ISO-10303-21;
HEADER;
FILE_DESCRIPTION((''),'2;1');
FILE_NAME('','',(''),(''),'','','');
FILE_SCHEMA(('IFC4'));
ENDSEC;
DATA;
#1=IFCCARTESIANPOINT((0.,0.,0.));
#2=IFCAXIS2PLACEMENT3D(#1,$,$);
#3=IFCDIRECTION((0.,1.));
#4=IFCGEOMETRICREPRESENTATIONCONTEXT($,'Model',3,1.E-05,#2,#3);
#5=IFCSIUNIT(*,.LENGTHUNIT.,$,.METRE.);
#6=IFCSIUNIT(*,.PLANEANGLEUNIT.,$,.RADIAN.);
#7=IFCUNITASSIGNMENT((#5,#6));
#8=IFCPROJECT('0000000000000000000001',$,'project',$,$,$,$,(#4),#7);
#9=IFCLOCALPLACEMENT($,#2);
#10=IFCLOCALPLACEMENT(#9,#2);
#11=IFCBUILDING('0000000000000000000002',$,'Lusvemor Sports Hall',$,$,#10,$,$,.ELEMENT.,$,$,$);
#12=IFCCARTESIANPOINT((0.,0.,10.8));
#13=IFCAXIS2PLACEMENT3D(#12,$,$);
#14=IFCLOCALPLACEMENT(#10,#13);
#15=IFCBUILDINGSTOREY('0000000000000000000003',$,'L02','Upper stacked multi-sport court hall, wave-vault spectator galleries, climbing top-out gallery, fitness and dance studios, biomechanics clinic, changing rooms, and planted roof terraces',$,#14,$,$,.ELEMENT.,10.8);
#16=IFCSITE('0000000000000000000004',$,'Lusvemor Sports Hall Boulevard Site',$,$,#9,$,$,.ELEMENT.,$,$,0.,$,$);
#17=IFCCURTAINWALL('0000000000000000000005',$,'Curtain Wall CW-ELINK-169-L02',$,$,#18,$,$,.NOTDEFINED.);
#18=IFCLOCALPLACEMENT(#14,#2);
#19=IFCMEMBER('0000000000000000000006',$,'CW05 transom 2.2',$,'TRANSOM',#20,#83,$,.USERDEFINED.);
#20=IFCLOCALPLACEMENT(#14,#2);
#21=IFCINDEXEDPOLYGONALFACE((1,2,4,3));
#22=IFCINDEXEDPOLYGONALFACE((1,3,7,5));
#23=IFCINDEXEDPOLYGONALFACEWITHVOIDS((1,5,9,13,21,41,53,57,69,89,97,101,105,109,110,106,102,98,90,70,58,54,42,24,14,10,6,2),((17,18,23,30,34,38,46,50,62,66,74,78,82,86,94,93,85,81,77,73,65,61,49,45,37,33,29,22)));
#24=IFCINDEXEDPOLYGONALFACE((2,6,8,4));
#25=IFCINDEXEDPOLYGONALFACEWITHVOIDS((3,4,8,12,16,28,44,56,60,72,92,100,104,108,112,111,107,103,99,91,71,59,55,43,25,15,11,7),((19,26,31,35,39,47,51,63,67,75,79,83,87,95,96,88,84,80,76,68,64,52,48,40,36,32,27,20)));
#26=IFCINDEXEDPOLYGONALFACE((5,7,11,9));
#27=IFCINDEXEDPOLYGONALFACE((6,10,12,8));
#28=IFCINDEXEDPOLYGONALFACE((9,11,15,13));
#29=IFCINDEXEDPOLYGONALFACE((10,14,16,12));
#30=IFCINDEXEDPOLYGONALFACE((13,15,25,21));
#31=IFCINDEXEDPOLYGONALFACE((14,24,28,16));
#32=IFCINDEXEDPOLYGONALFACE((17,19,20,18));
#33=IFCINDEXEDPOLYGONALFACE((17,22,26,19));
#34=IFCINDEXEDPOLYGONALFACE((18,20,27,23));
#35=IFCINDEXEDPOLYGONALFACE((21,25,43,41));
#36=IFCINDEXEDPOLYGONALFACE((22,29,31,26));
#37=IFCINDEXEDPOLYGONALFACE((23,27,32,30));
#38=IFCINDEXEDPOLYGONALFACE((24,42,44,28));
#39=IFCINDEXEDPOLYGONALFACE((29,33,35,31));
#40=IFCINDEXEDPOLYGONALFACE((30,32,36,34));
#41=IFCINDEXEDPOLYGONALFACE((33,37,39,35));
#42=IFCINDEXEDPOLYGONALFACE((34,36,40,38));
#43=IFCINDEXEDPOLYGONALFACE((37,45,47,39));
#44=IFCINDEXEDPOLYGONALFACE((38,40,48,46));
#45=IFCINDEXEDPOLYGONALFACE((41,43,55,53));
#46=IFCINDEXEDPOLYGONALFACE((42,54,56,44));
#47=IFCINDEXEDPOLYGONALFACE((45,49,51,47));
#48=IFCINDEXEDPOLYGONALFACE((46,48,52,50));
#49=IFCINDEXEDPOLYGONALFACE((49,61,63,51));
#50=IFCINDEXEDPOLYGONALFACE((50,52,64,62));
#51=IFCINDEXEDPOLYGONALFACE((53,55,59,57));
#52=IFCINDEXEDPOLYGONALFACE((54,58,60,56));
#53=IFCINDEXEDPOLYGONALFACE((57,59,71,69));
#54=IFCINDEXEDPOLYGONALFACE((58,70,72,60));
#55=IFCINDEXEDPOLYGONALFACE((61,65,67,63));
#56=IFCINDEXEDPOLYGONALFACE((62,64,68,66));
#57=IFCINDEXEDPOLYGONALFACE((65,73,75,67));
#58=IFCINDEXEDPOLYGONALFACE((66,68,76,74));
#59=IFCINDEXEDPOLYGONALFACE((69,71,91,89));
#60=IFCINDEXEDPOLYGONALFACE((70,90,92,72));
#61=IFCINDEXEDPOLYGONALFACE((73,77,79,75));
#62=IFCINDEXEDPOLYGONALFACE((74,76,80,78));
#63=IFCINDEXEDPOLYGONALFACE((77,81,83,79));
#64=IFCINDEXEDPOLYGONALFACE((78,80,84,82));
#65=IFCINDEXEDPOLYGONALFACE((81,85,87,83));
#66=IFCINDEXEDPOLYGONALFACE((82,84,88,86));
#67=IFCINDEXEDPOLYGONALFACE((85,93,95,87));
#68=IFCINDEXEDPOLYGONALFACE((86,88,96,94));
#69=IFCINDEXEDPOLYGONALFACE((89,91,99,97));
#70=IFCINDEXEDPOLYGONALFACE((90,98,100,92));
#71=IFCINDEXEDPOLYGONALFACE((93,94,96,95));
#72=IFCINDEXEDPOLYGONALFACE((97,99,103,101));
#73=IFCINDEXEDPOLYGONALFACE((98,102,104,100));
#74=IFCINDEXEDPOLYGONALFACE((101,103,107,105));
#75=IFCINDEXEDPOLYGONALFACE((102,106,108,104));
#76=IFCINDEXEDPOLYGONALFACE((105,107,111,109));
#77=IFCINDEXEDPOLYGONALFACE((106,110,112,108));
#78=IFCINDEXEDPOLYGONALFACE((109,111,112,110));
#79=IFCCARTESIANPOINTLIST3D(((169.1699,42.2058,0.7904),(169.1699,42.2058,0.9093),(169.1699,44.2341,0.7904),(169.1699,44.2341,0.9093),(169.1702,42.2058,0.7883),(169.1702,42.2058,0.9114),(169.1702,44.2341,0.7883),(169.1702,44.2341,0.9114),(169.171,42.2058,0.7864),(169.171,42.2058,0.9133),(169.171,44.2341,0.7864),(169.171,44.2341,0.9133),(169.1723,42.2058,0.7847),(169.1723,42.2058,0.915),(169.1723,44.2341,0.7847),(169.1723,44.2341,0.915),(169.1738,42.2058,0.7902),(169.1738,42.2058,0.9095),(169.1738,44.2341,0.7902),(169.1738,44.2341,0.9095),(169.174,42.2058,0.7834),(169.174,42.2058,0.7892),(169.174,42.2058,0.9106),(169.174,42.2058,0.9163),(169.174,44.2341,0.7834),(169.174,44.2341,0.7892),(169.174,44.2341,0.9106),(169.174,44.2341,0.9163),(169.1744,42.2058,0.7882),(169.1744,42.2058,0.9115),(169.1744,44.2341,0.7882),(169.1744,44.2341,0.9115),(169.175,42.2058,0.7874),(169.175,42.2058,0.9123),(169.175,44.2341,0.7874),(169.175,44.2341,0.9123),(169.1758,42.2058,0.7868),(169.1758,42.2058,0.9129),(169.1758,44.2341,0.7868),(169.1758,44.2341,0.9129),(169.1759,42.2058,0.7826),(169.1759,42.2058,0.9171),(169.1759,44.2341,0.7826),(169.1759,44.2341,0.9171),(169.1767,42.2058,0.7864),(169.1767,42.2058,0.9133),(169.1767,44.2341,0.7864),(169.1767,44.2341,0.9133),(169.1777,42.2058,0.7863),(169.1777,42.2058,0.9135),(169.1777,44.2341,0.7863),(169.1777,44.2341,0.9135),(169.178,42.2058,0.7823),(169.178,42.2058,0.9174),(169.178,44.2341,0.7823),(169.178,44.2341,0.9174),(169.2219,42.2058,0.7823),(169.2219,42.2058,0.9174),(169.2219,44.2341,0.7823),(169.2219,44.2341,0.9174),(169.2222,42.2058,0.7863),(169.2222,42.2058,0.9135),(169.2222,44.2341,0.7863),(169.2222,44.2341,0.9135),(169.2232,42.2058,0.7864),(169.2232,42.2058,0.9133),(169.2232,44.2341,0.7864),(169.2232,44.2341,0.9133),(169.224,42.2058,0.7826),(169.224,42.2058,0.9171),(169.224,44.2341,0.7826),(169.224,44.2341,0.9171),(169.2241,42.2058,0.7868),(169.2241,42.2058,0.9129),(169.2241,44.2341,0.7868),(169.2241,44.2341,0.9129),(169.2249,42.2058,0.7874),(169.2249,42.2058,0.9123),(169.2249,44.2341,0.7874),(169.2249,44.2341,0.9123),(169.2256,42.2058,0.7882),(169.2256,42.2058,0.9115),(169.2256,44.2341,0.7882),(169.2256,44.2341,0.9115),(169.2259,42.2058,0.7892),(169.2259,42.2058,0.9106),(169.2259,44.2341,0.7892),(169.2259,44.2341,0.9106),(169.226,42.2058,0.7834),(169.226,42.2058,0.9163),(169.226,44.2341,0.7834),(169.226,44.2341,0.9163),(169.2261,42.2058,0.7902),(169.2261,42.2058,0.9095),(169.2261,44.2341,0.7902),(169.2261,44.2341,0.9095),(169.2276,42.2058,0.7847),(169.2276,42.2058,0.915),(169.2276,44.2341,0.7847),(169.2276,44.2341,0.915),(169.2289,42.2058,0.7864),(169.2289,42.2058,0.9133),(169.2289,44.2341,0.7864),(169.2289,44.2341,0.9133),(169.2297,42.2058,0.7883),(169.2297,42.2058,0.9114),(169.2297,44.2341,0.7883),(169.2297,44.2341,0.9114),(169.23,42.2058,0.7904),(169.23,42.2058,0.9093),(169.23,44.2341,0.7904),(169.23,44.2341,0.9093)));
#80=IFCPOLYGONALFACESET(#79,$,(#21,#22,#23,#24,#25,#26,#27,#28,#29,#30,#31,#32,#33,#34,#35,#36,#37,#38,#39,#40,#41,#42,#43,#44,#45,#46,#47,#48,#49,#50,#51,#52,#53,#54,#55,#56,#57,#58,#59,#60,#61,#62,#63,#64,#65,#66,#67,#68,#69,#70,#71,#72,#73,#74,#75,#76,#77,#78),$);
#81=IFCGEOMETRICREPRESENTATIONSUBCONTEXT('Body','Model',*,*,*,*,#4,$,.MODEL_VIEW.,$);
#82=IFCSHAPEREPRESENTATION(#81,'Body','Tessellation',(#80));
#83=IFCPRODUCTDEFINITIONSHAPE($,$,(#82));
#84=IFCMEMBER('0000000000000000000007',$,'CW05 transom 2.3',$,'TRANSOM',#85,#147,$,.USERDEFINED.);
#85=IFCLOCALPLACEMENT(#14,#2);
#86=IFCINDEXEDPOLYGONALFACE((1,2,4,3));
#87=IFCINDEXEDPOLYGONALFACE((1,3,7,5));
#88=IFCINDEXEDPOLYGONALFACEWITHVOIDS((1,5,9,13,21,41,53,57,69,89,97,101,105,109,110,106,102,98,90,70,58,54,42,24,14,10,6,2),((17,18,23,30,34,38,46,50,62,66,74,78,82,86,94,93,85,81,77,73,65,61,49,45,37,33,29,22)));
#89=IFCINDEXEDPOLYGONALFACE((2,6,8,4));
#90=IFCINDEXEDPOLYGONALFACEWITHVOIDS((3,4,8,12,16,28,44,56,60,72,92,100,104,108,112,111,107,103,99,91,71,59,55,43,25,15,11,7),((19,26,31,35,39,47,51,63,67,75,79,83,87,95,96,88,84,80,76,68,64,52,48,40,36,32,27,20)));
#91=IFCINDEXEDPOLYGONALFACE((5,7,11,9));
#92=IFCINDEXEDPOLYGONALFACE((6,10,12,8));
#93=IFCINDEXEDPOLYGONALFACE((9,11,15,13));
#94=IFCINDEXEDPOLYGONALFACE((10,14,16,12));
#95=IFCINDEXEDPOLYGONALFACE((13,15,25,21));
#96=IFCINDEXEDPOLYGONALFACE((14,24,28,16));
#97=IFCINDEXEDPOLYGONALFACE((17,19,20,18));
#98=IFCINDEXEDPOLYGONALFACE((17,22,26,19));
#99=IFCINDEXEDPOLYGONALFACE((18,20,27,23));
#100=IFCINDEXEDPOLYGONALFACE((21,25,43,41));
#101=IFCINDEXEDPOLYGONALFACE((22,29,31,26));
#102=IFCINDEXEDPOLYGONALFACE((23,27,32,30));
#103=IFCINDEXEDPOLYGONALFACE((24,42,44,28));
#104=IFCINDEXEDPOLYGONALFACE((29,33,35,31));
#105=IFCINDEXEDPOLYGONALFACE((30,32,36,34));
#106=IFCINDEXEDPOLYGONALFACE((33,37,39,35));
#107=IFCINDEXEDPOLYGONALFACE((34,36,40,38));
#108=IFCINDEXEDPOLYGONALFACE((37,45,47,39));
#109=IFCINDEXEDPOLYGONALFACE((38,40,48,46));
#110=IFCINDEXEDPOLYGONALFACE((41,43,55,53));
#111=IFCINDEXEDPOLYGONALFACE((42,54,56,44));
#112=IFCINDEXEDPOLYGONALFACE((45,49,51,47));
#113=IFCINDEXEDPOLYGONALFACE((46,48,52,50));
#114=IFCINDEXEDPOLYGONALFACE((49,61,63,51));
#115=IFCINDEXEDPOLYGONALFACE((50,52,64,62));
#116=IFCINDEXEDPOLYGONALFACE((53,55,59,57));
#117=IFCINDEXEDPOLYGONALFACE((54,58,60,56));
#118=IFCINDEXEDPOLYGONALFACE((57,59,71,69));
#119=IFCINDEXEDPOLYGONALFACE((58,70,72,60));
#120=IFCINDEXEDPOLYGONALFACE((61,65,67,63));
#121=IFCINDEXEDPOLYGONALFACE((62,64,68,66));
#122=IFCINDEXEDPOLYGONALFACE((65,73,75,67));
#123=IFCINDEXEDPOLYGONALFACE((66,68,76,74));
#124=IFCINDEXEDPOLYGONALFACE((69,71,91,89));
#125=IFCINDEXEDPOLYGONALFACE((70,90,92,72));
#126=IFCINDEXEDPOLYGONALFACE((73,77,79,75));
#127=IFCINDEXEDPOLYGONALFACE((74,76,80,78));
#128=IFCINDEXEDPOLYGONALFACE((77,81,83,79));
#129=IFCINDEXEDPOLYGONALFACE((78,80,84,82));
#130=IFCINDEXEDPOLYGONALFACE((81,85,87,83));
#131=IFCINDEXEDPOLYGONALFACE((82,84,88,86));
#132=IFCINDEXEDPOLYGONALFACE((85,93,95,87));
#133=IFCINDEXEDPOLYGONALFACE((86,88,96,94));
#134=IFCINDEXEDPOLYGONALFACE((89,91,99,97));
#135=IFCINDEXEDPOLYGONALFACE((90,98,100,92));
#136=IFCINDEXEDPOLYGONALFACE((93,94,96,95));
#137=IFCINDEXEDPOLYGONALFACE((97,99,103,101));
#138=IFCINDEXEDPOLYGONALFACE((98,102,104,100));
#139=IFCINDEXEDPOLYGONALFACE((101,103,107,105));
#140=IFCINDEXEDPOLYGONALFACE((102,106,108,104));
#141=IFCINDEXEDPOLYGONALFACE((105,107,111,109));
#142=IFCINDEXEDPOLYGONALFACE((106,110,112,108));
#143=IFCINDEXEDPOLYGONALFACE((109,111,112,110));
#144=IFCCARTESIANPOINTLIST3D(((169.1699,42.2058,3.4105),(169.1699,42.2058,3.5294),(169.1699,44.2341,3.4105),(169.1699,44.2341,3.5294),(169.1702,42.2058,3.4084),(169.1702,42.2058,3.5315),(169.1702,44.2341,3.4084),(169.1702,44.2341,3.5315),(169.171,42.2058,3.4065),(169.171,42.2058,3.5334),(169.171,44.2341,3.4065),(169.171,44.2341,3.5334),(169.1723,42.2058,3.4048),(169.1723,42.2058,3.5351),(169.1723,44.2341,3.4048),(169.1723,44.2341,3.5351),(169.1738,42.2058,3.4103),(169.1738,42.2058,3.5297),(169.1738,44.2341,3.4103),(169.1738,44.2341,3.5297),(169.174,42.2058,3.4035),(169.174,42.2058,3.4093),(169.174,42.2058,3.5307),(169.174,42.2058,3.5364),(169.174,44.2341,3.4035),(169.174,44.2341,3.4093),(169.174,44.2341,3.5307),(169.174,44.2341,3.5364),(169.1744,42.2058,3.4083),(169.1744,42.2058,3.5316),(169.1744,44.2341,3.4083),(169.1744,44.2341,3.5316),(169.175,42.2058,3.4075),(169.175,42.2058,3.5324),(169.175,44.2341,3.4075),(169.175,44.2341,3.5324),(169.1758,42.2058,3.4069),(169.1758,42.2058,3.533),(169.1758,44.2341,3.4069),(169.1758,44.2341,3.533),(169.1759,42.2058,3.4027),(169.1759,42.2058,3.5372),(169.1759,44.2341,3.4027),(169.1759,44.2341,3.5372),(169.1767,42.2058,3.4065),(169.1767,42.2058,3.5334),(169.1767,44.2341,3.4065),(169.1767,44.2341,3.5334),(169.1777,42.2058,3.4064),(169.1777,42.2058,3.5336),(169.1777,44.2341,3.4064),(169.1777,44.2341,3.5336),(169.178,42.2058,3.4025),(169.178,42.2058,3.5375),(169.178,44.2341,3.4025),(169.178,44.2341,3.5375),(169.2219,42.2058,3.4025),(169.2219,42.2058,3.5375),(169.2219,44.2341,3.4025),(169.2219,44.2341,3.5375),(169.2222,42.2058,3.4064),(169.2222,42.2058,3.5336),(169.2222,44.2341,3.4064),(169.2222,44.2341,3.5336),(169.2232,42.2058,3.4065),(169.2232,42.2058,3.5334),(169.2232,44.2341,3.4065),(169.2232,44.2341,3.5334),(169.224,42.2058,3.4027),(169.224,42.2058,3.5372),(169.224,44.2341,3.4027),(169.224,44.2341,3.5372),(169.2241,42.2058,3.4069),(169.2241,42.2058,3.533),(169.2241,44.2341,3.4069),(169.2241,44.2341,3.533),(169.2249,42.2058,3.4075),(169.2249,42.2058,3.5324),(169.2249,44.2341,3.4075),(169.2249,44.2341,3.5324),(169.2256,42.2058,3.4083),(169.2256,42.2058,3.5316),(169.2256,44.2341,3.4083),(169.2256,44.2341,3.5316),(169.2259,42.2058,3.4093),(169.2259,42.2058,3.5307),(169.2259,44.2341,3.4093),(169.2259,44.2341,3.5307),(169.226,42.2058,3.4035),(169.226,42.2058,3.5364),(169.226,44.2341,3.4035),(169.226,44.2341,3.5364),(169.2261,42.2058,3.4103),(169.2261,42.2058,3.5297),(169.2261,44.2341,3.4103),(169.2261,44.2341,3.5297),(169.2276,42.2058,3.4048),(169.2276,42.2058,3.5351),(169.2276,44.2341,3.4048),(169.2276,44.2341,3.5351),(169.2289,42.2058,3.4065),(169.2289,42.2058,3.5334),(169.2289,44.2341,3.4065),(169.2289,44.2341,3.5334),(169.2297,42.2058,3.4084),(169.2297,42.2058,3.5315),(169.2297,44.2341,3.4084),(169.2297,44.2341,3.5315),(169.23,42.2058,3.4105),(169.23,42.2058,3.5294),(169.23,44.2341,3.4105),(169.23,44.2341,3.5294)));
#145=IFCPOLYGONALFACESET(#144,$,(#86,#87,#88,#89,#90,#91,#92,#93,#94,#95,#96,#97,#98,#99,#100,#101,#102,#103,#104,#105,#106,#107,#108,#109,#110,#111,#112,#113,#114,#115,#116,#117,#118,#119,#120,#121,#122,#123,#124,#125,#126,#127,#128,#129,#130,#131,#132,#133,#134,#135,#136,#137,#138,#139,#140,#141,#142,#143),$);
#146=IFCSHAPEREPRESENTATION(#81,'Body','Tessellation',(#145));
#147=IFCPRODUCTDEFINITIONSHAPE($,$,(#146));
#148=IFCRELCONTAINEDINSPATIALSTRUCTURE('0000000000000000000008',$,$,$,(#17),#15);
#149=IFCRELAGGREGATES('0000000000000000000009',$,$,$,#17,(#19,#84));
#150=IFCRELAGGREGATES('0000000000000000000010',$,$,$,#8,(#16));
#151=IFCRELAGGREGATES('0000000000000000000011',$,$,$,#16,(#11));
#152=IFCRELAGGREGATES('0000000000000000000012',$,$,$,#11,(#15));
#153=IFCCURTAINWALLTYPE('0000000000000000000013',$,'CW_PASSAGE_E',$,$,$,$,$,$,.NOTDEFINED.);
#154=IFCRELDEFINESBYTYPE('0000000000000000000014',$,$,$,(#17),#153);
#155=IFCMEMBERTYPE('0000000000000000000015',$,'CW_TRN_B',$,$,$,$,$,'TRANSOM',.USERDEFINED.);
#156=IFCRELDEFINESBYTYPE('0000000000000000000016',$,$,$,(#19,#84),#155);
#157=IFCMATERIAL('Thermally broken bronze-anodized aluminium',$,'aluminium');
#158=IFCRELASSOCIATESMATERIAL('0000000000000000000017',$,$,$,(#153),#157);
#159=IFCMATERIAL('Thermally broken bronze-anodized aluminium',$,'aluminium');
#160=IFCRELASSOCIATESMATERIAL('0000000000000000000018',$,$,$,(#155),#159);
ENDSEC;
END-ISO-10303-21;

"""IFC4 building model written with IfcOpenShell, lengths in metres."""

from ifc_helpers import new_model, si_unit, direction, frame, origin, origin_2d, place, context, subcontext, project, spatial, hollow_rectangle, extrude, material, material_profile, profile_set, type_object, element, aggregate, save


model = new_model("IFC4")

# Units and contexts
model_context = context("Model", 3, precision=1e-05, world=origin(), true_north=direction((0.0, 1.0)))
body_context = subcontext(model_context, "Body", "Model", "MODEL_VIEW")
ifc_project = project(units=[si_unit("LENGTHUNIT", "METRE"), si_unit("PLANEANGLEUNIT", "RADIAN")], contexts=[model_context])

# Site, building, storey
site_placement = place(None, origin())
site = spatial("IfcSite", under=ifc_project, at=site_placement, Name="Lusvemor Sports Hall Boulevard Site", CompositionType="ELEMENT", RefElevation=0.0)
building_placement = place(site_placement, origin())
building = spatial("IfcBuilding", under=site, at=building_placement, Name="Lusvemor Sports Hall", CompositionType="ELEMENT")
storey_placement = place(building_placement, frame((0.0, 0.0, 10.8)))
storey = spatial("IfcBuildingStorey", under=building, at=storey_placement, Name="L02", Description="Upper stacked multi-sport court hall, wave-vault spectator galleries, climbing top-out gallery, fitness and dance studios, biomechanics clinic, changing rooms, and planted roof terraces", CompositionType="ELEMENT", Elevation=10.8)

# Curtain wall, members
ifc_material_1 = material(Name="Thermally broken bronze-anodized aluminium", Category="aluminium")
curtain_wall_type = type_object("IfcCurtainWallType", Name="CW_PASSAGE_E", PredefinedType="NOTDEFINED", material=ifc_material_1)
curtain_wall_placement = place(storey_placement, origin())
curtain_wall = element("IfcCurtainWall", 1, at=curtain_wall_placement, inside=storey, type_object=curtain_wall_type, Name="Curtain Wall CW-ELINK-169-L02", PredefinedType="NOTDEFINED")
ifc_material_2 = material(Name="Thermally broken bronze-anodized aluminium", Category="aluminium")
ifc_material_profile_1 = material_profile(ifc_material_2, hollow_rectangle(XDim=0.0601, YDim=0.135, WallThickness=0.0039, InnerFilletRadius=0.0039, OuterFilletRadius=0.0081, at=origin_2d()), Name="CWTRN135x60x4")
ifc_profile_set_1 = profile_set([ifc_material_profile_1], Name="Thermally broken bronze-anodized aluminium")
member_type_1 = type_object("IfcMemberType", Name="CW_TRN_B", ElementType="TRANSOM", PredefinedType="USERDEFINED", material=ifc_profile_set_1)
member_1_placement = place(storey_placement, frame((169.2, 42.2058, 0.8499), z_axis=(0.0, 1.0, 0.0), x_axis=(-1.0, 0.0, 0.0)))
member_1 = element("IfcMember", 2, at=member_1_placement, type_object=member_type_1, Name="CW05 transom 2.2", ObjectType="TRANSOM", PredefinedType="USERDEFINED", context=body_context, shape_type="SweptSolid", body=[
    extrude(hollow_rectangle(XDim=0.0601, YDim=0.135, WallThickness=0.0039, InnerFilletRadius=0.0039, OuterFilletRadius=0.0081, at=origin_2d()), origin(), (0.0, 0.0, 1.0), 2.0283),
])
member_2_placement = place(storey_placement, frame((169.2, 42.2058, 3.47), z_axis=(0.0, 1.0, 0.0), x_axis=(-1.0, 0.0, 0.0)))
member_2 = element("IfcMember", 3, at=member_2_placement, type_object=member_type_1, Name="CW05 transom 2.3", ObjectType="TRANSOM", PredefinedType="USERDEFINED", context=body_context, shape_type="SweptSolid", body=[
    extrude(hollow_rectangle(XDim=0.0601, YDim=0.135, WallThickness=0.0039, InnerFilletRadius=0.0039, OuterFilletRadius=0.0081, at=origin_2d()), origin(), (0.0, 0.0, 1.0), 2.0283),
])

aggregate(curtain_wall, [member_1, member_2])

save(model, "model.ifc")
